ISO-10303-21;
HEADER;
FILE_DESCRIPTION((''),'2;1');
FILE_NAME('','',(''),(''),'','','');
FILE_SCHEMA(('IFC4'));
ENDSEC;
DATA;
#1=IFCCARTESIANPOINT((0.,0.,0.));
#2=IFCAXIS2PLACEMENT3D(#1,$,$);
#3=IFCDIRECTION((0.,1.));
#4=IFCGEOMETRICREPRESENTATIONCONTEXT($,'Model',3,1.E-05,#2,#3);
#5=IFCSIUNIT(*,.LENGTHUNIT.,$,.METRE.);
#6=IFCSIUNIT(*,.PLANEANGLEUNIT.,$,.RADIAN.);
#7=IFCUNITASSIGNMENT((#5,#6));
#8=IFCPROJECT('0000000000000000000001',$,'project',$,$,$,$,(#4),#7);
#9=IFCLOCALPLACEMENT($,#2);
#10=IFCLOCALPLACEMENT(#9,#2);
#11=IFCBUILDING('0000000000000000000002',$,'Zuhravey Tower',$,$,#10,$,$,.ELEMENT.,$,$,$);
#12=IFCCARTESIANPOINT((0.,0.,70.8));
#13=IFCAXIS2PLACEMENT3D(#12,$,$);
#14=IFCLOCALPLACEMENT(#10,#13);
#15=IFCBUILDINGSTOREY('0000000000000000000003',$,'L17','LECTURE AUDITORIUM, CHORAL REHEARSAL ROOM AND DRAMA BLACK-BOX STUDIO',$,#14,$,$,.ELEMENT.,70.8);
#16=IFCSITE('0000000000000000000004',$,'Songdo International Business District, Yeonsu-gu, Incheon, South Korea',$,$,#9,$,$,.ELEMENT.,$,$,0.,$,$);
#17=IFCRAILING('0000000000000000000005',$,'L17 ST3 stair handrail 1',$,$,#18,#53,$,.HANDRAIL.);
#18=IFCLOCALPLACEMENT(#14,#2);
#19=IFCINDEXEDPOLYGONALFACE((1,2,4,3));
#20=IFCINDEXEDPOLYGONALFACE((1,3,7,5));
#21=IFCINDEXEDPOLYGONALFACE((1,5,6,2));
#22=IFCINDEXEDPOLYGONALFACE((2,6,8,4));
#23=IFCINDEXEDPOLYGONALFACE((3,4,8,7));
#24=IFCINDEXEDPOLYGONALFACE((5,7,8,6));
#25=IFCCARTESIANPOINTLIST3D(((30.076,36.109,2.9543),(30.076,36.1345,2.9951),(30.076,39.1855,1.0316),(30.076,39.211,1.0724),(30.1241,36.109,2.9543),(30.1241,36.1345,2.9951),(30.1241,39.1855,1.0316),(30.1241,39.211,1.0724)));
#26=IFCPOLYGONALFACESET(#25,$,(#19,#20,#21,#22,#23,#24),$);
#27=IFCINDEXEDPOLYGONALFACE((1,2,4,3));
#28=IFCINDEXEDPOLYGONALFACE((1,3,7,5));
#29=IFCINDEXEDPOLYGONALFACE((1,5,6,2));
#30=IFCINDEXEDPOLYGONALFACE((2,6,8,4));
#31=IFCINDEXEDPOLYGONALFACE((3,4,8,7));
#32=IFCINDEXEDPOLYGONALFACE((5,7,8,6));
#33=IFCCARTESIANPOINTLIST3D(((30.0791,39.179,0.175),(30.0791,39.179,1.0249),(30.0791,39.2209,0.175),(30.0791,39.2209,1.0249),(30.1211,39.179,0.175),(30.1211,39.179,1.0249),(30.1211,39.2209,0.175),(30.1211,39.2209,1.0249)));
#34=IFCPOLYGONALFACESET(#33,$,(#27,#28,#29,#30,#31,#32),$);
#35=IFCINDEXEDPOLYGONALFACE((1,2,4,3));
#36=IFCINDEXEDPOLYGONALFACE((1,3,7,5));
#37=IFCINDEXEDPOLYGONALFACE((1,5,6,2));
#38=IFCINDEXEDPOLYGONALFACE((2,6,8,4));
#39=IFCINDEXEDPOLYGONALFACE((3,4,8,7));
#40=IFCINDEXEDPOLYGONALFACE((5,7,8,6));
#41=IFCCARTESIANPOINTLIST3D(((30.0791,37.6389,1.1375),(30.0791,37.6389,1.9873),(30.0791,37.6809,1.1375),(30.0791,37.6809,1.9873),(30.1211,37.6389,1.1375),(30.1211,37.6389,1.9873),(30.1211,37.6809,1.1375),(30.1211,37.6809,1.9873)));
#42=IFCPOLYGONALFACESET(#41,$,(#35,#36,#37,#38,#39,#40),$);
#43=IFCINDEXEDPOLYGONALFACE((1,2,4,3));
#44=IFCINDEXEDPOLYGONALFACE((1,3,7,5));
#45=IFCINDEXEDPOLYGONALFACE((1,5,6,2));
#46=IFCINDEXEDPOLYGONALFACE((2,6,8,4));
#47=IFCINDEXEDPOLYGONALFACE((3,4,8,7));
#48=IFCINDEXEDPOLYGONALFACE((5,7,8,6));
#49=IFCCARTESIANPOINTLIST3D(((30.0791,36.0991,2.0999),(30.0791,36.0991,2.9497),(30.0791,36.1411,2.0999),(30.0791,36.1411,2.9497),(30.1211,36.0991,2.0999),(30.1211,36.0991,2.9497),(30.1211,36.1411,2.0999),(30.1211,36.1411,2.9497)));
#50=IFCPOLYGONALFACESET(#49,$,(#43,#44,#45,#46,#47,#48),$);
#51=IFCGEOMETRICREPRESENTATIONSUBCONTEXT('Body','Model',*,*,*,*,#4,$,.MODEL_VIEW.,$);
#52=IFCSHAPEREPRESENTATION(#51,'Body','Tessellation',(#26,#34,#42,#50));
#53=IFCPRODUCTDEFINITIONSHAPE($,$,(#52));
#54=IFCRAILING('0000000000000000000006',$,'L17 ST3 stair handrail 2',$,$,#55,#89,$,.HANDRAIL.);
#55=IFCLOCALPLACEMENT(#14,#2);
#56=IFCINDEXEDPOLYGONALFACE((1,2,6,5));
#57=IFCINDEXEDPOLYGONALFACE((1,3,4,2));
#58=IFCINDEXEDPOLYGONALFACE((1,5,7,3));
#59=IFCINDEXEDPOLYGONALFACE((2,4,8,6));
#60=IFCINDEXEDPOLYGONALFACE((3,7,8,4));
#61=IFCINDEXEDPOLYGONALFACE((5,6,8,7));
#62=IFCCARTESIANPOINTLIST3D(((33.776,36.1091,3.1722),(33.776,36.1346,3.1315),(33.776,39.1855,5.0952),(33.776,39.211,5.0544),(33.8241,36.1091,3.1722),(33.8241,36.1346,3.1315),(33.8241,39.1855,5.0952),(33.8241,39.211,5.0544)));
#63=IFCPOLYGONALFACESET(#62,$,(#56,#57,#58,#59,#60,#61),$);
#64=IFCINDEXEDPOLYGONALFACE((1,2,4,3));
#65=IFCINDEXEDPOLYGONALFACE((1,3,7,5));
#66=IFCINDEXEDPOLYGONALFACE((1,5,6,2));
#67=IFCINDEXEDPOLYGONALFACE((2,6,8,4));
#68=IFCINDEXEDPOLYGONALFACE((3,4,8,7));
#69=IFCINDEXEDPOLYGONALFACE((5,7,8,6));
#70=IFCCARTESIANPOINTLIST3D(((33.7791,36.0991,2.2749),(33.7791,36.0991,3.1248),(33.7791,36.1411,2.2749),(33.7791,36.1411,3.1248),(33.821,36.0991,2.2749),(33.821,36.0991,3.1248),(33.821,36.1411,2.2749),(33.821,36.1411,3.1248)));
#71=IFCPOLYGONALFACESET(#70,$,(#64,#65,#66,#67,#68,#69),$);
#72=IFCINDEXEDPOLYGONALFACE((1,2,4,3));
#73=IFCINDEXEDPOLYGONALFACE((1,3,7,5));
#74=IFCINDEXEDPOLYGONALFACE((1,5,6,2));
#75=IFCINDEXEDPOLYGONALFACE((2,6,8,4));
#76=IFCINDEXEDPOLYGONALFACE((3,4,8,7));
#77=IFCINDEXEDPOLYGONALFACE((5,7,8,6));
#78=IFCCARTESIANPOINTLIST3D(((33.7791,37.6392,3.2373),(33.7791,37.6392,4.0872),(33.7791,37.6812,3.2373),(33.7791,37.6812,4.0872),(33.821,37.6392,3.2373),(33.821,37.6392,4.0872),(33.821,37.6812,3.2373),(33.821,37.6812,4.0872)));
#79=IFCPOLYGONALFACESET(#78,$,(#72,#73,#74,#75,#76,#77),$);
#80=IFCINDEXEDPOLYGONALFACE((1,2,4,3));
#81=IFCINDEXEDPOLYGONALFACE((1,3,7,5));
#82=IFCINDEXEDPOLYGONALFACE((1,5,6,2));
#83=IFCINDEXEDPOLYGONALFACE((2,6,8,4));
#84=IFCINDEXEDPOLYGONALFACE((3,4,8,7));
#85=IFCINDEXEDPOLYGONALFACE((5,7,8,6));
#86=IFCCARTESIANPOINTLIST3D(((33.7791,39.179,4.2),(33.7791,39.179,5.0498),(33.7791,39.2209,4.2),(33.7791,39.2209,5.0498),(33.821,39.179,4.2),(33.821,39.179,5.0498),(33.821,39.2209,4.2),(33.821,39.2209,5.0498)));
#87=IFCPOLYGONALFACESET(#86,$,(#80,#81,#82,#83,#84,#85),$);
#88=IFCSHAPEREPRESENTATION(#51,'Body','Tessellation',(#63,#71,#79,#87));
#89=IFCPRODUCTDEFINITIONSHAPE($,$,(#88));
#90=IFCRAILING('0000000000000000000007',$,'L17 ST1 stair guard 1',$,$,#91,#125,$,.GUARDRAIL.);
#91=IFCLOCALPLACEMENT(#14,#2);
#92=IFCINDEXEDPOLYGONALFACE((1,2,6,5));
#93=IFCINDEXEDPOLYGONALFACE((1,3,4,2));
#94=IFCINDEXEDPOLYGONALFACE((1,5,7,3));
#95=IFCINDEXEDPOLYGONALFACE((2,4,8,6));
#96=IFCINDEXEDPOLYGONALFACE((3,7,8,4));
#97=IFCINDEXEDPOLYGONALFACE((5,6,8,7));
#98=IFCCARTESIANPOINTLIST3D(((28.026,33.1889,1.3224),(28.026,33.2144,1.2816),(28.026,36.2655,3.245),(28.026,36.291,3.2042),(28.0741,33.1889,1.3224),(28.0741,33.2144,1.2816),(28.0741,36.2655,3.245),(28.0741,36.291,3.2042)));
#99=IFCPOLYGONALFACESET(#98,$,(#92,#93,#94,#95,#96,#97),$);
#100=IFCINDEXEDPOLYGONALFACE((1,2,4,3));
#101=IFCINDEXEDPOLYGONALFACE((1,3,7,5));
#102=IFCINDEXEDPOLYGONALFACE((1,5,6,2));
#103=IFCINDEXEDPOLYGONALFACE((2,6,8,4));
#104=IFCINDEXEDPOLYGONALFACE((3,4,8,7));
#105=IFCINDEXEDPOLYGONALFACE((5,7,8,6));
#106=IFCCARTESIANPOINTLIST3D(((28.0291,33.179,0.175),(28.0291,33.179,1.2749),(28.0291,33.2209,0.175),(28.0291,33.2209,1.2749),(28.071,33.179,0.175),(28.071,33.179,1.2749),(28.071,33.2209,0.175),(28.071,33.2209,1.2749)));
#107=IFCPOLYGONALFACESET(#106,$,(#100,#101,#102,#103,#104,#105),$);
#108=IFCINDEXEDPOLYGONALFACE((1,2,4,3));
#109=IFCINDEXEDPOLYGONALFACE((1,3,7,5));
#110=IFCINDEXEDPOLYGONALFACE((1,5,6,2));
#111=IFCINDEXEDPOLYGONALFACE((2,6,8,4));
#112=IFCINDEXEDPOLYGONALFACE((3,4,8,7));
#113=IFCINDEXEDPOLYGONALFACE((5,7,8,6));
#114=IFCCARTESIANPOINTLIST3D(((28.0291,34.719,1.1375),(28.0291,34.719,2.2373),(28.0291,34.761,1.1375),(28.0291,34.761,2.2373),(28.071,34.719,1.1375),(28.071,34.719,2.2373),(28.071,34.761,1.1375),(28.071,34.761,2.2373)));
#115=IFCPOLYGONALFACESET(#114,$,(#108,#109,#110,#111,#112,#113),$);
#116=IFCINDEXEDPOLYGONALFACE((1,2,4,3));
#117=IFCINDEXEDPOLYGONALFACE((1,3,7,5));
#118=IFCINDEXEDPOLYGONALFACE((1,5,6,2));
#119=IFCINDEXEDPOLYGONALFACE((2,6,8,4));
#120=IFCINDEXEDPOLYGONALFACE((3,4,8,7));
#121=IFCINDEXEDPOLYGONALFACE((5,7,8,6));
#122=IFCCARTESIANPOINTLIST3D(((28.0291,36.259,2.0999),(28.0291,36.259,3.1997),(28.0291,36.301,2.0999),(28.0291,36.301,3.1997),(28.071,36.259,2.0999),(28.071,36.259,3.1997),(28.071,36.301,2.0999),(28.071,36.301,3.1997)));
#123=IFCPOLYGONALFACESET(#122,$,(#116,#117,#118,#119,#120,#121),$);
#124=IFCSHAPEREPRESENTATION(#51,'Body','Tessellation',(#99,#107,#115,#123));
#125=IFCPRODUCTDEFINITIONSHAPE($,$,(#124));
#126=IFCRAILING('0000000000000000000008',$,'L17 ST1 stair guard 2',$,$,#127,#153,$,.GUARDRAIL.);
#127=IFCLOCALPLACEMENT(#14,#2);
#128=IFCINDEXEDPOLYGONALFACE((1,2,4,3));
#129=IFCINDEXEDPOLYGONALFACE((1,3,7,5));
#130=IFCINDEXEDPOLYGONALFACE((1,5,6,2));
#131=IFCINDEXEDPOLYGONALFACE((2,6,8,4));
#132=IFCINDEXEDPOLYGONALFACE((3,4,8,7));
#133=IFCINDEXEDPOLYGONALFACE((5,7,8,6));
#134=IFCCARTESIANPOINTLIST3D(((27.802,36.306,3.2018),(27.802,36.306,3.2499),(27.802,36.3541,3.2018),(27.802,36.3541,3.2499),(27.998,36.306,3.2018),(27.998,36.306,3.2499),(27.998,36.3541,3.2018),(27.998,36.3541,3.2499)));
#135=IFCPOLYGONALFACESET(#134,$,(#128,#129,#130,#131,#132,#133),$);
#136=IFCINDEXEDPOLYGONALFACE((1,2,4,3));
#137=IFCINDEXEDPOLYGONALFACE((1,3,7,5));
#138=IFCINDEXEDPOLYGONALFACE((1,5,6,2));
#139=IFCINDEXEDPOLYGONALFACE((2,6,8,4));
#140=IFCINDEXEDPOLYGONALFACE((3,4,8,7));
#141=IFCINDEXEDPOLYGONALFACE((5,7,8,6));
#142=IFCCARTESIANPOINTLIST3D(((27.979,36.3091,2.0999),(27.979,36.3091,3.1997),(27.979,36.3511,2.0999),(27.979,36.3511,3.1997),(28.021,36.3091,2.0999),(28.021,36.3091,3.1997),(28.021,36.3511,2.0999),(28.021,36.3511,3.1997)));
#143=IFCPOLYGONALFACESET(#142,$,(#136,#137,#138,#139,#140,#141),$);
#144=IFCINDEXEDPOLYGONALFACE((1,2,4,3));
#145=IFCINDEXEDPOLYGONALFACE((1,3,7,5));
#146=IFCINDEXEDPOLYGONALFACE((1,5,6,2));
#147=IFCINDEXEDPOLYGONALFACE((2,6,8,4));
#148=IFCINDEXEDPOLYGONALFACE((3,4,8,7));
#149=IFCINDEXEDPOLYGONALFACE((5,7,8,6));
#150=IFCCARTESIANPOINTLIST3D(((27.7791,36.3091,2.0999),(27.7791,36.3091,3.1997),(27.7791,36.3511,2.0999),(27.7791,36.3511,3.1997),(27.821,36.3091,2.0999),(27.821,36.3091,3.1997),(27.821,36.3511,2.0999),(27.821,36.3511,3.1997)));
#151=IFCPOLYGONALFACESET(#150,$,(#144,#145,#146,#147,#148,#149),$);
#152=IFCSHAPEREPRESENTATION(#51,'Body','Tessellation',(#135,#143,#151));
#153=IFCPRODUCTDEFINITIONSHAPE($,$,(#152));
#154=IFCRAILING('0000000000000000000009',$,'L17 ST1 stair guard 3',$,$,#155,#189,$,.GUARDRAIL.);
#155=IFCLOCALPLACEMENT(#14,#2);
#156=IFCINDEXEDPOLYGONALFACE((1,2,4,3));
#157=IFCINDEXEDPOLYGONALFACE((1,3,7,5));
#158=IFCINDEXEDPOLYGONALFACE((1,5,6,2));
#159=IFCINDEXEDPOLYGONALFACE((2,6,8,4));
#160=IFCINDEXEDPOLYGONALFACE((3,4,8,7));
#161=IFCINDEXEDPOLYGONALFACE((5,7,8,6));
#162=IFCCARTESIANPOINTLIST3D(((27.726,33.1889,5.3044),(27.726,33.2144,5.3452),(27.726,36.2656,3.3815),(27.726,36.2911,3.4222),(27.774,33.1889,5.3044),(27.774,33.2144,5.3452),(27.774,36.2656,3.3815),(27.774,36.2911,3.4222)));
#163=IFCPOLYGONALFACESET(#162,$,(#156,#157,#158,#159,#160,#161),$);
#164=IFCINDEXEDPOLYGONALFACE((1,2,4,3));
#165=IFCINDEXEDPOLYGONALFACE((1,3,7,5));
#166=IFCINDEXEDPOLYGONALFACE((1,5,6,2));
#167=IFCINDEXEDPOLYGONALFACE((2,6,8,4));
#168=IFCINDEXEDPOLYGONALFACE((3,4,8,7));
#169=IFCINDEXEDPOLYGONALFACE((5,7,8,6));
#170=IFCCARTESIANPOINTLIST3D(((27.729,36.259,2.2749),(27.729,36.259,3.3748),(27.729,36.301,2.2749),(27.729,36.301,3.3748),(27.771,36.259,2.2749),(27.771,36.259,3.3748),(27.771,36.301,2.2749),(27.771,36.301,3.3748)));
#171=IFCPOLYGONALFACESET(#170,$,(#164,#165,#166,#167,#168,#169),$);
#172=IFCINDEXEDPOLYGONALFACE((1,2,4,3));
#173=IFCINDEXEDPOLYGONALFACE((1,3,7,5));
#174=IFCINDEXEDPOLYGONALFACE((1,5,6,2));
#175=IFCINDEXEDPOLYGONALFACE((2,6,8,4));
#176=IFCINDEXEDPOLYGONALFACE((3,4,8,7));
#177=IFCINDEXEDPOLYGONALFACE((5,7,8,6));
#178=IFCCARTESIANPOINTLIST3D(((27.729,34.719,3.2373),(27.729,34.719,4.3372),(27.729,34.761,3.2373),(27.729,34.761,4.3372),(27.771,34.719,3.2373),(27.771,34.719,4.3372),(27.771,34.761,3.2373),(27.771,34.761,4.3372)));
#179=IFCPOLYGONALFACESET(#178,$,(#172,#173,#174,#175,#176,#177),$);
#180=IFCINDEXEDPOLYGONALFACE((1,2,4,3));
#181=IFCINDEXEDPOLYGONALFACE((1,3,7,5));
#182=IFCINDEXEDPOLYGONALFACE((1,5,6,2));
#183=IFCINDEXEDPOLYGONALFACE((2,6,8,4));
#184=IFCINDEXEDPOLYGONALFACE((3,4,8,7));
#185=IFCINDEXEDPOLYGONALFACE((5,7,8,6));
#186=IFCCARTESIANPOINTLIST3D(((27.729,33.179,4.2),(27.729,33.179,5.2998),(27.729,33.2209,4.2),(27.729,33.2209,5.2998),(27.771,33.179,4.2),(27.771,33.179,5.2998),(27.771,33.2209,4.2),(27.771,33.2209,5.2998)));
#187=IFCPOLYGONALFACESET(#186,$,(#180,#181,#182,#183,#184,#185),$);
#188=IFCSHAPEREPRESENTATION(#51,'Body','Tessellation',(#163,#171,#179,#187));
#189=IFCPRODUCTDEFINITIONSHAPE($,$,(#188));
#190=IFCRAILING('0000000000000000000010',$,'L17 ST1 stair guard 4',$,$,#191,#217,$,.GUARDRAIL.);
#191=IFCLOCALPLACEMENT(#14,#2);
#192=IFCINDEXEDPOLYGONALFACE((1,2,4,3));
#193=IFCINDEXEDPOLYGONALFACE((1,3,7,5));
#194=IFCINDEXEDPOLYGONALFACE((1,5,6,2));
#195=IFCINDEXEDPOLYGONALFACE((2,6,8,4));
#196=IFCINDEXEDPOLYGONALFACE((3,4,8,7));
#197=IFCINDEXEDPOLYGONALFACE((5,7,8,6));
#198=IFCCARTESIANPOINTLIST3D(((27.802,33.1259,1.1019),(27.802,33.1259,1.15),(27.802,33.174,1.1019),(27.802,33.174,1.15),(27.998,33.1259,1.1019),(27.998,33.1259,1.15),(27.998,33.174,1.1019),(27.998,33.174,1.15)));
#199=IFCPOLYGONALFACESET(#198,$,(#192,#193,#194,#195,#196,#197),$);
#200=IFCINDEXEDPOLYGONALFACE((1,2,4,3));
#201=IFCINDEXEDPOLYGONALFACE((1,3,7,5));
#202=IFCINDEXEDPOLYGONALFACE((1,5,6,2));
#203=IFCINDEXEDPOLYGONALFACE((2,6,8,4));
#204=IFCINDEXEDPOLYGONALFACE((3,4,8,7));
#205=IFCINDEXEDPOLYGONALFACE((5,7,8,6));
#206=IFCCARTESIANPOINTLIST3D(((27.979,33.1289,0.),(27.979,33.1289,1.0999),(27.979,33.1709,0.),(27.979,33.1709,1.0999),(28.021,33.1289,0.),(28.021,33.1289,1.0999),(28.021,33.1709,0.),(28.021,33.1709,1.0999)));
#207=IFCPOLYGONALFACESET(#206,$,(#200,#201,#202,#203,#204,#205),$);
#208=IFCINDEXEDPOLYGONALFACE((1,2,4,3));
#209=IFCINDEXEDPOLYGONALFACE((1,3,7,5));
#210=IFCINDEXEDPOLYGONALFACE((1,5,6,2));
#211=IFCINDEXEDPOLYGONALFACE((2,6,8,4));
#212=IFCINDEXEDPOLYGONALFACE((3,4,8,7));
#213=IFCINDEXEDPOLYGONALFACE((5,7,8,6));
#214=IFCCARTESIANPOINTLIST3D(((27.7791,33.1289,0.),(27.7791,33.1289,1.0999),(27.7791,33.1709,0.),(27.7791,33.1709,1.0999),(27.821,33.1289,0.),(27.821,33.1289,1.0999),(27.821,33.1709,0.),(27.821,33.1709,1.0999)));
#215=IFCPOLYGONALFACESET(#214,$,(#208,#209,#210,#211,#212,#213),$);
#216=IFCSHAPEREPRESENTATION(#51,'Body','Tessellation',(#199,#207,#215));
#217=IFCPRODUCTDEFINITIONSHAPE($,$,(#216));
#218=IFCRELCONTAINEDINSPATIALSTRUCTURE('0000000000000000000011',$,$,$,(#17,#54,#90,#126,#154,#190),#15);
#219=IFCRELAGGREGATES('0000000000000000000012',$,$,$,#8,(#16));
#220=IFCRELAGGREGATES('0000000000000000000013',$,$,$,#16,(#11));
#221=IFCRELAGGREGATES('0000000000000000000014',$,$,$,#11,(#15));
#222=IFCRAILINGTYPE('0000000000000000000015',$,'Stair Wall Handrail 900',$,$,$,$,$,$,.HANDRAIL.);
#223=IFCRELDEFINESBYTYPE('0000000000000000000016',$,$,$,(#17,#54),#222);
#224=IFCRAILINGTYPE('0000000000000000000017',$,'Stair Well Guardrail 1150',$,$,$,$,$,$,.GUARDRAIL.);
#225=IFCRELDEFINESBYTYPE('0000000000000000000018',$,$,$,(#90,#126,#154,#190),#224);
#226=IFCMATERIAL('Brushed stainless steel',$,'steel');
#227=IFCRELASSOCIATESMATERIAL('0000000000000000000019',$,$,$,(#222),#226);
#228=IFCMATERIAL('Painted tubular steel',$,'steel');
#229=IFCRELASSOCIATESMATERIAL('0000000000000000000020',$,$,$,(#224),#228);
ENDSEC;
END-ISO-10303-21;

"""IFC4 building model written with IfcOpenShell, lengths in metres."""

from ifc_helpers import new_model, si_unit, direction, frame, origin, origin_2d, place, context, subcontext, project, spatial, rectangle, extrude, material, type_object, element, save


model = new_model("IFC4")

# Units and contexts
model_context = context("Model", 3, precision=1e-05, world=origin(), true_north=direction((0.0, 1.0)))
body_context = subcontext(model_context, "Body", "Model", "MODEL_VIEW")
ifc_project = project(units=[si_unit("LENGTHUNIT", "METRE"), si_unit("PLANEANGLEUNIT", "RADIAN")], contexts=[model_context])

# Site, building, storey
site_placement = place(None, origin())
site = spatial("IfcSite", under=ifc_project, at=site_placement, Name="Songdo International Business District, Yeonsu-gu, Incheon, South Korea", CompositionType="ELEMENT", RefElevation=0.0)
building_placement = place(site_placement, origin())
building = spatial("IfcBuilding", under=site, at=building_placement, Name="Zuhravey Tower", CompositionType="ELEMENT")
storey_placement = place(building_placement, frame((0.0, 0.0, 70.8)))
storey = spatial("IfcBuildingStorey", under=building, at=storey_placement, Name="L17", Description="LECTURE AUDITORIUM, CHORAL REHEARSAL ROOM AND DRAMA BLACK-BOX STUDIO", CompositionType="ELEMENT", Elevation=70.8)

# Railings
ifc_material_1 = material(Name="Brushed stainless steel", Category="steel")
railing_type_1 = type_object("IfcRailingType", Name="Stair Wall Handrail 900", PredefinedType="HANDRAIL", material=ifc_material_1)
railing_1_placement = place(storey_placement, frame((30.1001, 39.2, 0.175)))
element("IfcRailing", 1, at=railing_1_placement, inside=storey, type_object=railing_type_1, Name="L17 ST3 stair handrail 1", PredefinedType="HANDRAIL", context=body_context, shape_type="SweptSolid", body=[
    extrude(rectangle(XDim=0.0481, YDim=0.0481, at=origin_2d()), frame((0.0, -0.0017, 0.877), z_axis=(0.0, -0.84801, 0.529981), x_axis=(1.0, 0.0, 0.0)), (0.0, 0.0, 1.0), 3.6279),
    extrude(rectangle(XDim=0.042, YDim=0.042, at=origin_2d()), origin(), (0.0, 0.0, 1.0), 0.8499),
    extrude(rectangle(XDim=0.042, YDim=0.042, at=origin_2d()), frame((0.0, -1.54, 0.9624)), (0.0, 0.0, 1.0), 0.8499),
    extrude(rectangle(XDim=0.042, YDim=0.042, at=origin_2d()), frame((0.0, -3.0798, 1.9248)), (0.0, 0.0, 1.0), 0.8499),
])
railing_2_placement = place(storey_placement, frame((33.8, 36.1201, 2.2749)))
element("IfcRailing", 2, at=railing_2_placement, inside=storey, type_object=railing_type_1, Name="L17 ST3 stair handrail 2", PredefinedType="HANDRAIL", context=body_context, shape_type="SweptSolid", body=[
    extrude(rectangle(XDim=0.0481, YDim=0.0481, at=origin_2d()), frame((0.0, 0.0017, 0.877), z_axis=(0.0, 0.847979, 0.530029), x_axis=(-1.0, 0.0, 0.0)), (0.0, 0.0, 1.0), 3.6279),
    extrude(rectangle(XDim=0.042, YDim=0.042, at=origin_2d()), origin(), (0.0, 0.0, 1.0), 0.8499),
    extrude(rectangle(XDim=0.042, YDim=0.042, at=origin_2d()), frame((0.0, 1.54, 0.9624)), (0.0, 0.0, 1.0), 0.8499),
    extrude(rectangle(XDim=0.042, YDim=0.042, at=origin_2d()), frame((0.0, 3.0798, 1.925)), (0.0, 0.0, 1.0), 0.8499),
])
ifc_material_2 = material(Name="Painted tubular steel", Category="steel")
railing_type_2 = type_object("IfcRailingType", Name="Stair Well Guardrail 1150", PredefinedType="GUARDRAIL", material=ifc_material_2)
railing_3_placement = place(storey_placement, frame((28.05, 33.2, 0.175)))
element("IfcRailing", 3, at=railing_3_placement, inside=storey, type_object=railing_type_2, Name="L17 ST1 stair guard 1", PredefinedType="GUARDRAIL", context=body_context, shape_type="SweptSolid", body=[
    extrude(rectangle(XDim=0.0481, YDim=0.0481, at=origin_2d()), frame((0.0, 0.0017, 1.127), z_axis=(0.0, 0.848029, 0.529951), x_axis=(-1.0, 0.0, 0.0)), (0.0, 0.0, 1.0), 3.6279),
    extrude(rectangle(XDim=0.042, YDim=0.042, at=origin_2d()), origin(), (0.0, 0.0, 1.0), 1.0999),
    extrude(rectangle(XDim=0.042, YDim=0.042, at=origin_2d()), frame((0.0, 1.54, 0.9624)), (0.0, 0.0, 1.0), 1.0999),
    extrude(rectangle(XDim=0.042, YDim=0.042, at=origin_2d()), frame((0.0, 3.0801, 1.9248)), (0.0, 0.0, 1.0), 1.0999),
])
railing_4_placement = place(storey_placement, frame((28.0, 36.3301, 2.0999)))
element("IfcRailing", 4, at=railing_4_placement, inside=storey, type_object=railing_type_2, Name="L17 ST1 stair guard 2", PredefinedType="GUARDRAIL", context=body_context, shape_type="SweptSolid", body=[
    extrude(rectangle(XDim=0.0481, YDim=0.0481, at=origin_2d()), frame((-0.002, 0.0, 1.126), z_axis=(-1.0, 0.0, 0.0), x_axis=(0.0, -1.0, 0.0)), (0.0, 0.0, 1.0), 0.196),
    extrude(rectangle(XDim=0.042, YDim=0.042, at=origin_2d()), origin(), (0.0, 0.0, 1.0), 1.0999),
    extrude(rectangle(XDim=0.042, YDim=0.042, at=origin_2d()), frame((-0.2, 0.0, 0.0)), (0.0, 0.0, 1.0), 1.0999),
])
railing_5_placement = place(storey_placement, frame((27.75, 36.28, 2.2749)))
element("IfcRailing", 5, at=railing_5_placement, inside=storey, type_object=railing_type_2, Name="L17 ST1 stair guard 3", PredefinedType="GUARDRAIL", context=body_context, shape_type="SweptSolid", body=[
    extrude(rectangle(XDim=0.0481, YDim=0.0481, at=origin_2d()), frame((0.0, -0.0017, 1.127), z_axis=(0.0, -0.847998, 0.529999), x_axis=(1.0, 0.0, 0.0)), (0.0, 0.0, 1.0), 3.6282),
    extrude(rectangle(XDim=0.042, YDim=0.042, at=origin_2d()), origin(), (0.0, 0.0, 1.0), 1.0999),
    extrude(rectangle(XDim=0.042, YDim=0.042, at=origin_2d()), frame((0.0, -1.54, 0.9624)), (0.0, 0.0, 1.0), 1.0999),
    extrude(rectangle(XDim=0.042, YDim=0.042, at=origin_2d()), frame((0.0, -3.0801, 1.925)), (0.0, 0.0, 1.0), 1.0999),
])
railing_6_placement = place(storey_placement, frame((28.0, 33.1499, 0.0)))
element("IfcRailing", 6, at=railing_6_placement, inside=storey, type_object=railing_type_2, Name="L17 ST1 stair guard 4", PredefinedType="GUARDRAIL", context=body_context, shape_type="SweptSolid", body=[
    extrude(rectangle(XDim=0.0481, YDim=0.0481, at=origin_2d()), frame((-0.002, 0.0, 1.126), z_axis=(-1.0, 0.0, 0.0), x_axis=(0.0, -1.0, 0.0)), (0.0, 0.0, 1.0), 0.196),
    extrude(rectangle(XDim=0.042, YDim=0.042, at=origin_2d()), origin(), (0.0, 0.0, 1.0), 1.0999),
    extrude(rectangle(XDim=0.042, YDim=0.042, at=origin_2d()), frame((-0.2, 0.0, 0.0)), (0.0, 0.0, 1.0), 1.0999),
])

save(model, "model.ifc")
